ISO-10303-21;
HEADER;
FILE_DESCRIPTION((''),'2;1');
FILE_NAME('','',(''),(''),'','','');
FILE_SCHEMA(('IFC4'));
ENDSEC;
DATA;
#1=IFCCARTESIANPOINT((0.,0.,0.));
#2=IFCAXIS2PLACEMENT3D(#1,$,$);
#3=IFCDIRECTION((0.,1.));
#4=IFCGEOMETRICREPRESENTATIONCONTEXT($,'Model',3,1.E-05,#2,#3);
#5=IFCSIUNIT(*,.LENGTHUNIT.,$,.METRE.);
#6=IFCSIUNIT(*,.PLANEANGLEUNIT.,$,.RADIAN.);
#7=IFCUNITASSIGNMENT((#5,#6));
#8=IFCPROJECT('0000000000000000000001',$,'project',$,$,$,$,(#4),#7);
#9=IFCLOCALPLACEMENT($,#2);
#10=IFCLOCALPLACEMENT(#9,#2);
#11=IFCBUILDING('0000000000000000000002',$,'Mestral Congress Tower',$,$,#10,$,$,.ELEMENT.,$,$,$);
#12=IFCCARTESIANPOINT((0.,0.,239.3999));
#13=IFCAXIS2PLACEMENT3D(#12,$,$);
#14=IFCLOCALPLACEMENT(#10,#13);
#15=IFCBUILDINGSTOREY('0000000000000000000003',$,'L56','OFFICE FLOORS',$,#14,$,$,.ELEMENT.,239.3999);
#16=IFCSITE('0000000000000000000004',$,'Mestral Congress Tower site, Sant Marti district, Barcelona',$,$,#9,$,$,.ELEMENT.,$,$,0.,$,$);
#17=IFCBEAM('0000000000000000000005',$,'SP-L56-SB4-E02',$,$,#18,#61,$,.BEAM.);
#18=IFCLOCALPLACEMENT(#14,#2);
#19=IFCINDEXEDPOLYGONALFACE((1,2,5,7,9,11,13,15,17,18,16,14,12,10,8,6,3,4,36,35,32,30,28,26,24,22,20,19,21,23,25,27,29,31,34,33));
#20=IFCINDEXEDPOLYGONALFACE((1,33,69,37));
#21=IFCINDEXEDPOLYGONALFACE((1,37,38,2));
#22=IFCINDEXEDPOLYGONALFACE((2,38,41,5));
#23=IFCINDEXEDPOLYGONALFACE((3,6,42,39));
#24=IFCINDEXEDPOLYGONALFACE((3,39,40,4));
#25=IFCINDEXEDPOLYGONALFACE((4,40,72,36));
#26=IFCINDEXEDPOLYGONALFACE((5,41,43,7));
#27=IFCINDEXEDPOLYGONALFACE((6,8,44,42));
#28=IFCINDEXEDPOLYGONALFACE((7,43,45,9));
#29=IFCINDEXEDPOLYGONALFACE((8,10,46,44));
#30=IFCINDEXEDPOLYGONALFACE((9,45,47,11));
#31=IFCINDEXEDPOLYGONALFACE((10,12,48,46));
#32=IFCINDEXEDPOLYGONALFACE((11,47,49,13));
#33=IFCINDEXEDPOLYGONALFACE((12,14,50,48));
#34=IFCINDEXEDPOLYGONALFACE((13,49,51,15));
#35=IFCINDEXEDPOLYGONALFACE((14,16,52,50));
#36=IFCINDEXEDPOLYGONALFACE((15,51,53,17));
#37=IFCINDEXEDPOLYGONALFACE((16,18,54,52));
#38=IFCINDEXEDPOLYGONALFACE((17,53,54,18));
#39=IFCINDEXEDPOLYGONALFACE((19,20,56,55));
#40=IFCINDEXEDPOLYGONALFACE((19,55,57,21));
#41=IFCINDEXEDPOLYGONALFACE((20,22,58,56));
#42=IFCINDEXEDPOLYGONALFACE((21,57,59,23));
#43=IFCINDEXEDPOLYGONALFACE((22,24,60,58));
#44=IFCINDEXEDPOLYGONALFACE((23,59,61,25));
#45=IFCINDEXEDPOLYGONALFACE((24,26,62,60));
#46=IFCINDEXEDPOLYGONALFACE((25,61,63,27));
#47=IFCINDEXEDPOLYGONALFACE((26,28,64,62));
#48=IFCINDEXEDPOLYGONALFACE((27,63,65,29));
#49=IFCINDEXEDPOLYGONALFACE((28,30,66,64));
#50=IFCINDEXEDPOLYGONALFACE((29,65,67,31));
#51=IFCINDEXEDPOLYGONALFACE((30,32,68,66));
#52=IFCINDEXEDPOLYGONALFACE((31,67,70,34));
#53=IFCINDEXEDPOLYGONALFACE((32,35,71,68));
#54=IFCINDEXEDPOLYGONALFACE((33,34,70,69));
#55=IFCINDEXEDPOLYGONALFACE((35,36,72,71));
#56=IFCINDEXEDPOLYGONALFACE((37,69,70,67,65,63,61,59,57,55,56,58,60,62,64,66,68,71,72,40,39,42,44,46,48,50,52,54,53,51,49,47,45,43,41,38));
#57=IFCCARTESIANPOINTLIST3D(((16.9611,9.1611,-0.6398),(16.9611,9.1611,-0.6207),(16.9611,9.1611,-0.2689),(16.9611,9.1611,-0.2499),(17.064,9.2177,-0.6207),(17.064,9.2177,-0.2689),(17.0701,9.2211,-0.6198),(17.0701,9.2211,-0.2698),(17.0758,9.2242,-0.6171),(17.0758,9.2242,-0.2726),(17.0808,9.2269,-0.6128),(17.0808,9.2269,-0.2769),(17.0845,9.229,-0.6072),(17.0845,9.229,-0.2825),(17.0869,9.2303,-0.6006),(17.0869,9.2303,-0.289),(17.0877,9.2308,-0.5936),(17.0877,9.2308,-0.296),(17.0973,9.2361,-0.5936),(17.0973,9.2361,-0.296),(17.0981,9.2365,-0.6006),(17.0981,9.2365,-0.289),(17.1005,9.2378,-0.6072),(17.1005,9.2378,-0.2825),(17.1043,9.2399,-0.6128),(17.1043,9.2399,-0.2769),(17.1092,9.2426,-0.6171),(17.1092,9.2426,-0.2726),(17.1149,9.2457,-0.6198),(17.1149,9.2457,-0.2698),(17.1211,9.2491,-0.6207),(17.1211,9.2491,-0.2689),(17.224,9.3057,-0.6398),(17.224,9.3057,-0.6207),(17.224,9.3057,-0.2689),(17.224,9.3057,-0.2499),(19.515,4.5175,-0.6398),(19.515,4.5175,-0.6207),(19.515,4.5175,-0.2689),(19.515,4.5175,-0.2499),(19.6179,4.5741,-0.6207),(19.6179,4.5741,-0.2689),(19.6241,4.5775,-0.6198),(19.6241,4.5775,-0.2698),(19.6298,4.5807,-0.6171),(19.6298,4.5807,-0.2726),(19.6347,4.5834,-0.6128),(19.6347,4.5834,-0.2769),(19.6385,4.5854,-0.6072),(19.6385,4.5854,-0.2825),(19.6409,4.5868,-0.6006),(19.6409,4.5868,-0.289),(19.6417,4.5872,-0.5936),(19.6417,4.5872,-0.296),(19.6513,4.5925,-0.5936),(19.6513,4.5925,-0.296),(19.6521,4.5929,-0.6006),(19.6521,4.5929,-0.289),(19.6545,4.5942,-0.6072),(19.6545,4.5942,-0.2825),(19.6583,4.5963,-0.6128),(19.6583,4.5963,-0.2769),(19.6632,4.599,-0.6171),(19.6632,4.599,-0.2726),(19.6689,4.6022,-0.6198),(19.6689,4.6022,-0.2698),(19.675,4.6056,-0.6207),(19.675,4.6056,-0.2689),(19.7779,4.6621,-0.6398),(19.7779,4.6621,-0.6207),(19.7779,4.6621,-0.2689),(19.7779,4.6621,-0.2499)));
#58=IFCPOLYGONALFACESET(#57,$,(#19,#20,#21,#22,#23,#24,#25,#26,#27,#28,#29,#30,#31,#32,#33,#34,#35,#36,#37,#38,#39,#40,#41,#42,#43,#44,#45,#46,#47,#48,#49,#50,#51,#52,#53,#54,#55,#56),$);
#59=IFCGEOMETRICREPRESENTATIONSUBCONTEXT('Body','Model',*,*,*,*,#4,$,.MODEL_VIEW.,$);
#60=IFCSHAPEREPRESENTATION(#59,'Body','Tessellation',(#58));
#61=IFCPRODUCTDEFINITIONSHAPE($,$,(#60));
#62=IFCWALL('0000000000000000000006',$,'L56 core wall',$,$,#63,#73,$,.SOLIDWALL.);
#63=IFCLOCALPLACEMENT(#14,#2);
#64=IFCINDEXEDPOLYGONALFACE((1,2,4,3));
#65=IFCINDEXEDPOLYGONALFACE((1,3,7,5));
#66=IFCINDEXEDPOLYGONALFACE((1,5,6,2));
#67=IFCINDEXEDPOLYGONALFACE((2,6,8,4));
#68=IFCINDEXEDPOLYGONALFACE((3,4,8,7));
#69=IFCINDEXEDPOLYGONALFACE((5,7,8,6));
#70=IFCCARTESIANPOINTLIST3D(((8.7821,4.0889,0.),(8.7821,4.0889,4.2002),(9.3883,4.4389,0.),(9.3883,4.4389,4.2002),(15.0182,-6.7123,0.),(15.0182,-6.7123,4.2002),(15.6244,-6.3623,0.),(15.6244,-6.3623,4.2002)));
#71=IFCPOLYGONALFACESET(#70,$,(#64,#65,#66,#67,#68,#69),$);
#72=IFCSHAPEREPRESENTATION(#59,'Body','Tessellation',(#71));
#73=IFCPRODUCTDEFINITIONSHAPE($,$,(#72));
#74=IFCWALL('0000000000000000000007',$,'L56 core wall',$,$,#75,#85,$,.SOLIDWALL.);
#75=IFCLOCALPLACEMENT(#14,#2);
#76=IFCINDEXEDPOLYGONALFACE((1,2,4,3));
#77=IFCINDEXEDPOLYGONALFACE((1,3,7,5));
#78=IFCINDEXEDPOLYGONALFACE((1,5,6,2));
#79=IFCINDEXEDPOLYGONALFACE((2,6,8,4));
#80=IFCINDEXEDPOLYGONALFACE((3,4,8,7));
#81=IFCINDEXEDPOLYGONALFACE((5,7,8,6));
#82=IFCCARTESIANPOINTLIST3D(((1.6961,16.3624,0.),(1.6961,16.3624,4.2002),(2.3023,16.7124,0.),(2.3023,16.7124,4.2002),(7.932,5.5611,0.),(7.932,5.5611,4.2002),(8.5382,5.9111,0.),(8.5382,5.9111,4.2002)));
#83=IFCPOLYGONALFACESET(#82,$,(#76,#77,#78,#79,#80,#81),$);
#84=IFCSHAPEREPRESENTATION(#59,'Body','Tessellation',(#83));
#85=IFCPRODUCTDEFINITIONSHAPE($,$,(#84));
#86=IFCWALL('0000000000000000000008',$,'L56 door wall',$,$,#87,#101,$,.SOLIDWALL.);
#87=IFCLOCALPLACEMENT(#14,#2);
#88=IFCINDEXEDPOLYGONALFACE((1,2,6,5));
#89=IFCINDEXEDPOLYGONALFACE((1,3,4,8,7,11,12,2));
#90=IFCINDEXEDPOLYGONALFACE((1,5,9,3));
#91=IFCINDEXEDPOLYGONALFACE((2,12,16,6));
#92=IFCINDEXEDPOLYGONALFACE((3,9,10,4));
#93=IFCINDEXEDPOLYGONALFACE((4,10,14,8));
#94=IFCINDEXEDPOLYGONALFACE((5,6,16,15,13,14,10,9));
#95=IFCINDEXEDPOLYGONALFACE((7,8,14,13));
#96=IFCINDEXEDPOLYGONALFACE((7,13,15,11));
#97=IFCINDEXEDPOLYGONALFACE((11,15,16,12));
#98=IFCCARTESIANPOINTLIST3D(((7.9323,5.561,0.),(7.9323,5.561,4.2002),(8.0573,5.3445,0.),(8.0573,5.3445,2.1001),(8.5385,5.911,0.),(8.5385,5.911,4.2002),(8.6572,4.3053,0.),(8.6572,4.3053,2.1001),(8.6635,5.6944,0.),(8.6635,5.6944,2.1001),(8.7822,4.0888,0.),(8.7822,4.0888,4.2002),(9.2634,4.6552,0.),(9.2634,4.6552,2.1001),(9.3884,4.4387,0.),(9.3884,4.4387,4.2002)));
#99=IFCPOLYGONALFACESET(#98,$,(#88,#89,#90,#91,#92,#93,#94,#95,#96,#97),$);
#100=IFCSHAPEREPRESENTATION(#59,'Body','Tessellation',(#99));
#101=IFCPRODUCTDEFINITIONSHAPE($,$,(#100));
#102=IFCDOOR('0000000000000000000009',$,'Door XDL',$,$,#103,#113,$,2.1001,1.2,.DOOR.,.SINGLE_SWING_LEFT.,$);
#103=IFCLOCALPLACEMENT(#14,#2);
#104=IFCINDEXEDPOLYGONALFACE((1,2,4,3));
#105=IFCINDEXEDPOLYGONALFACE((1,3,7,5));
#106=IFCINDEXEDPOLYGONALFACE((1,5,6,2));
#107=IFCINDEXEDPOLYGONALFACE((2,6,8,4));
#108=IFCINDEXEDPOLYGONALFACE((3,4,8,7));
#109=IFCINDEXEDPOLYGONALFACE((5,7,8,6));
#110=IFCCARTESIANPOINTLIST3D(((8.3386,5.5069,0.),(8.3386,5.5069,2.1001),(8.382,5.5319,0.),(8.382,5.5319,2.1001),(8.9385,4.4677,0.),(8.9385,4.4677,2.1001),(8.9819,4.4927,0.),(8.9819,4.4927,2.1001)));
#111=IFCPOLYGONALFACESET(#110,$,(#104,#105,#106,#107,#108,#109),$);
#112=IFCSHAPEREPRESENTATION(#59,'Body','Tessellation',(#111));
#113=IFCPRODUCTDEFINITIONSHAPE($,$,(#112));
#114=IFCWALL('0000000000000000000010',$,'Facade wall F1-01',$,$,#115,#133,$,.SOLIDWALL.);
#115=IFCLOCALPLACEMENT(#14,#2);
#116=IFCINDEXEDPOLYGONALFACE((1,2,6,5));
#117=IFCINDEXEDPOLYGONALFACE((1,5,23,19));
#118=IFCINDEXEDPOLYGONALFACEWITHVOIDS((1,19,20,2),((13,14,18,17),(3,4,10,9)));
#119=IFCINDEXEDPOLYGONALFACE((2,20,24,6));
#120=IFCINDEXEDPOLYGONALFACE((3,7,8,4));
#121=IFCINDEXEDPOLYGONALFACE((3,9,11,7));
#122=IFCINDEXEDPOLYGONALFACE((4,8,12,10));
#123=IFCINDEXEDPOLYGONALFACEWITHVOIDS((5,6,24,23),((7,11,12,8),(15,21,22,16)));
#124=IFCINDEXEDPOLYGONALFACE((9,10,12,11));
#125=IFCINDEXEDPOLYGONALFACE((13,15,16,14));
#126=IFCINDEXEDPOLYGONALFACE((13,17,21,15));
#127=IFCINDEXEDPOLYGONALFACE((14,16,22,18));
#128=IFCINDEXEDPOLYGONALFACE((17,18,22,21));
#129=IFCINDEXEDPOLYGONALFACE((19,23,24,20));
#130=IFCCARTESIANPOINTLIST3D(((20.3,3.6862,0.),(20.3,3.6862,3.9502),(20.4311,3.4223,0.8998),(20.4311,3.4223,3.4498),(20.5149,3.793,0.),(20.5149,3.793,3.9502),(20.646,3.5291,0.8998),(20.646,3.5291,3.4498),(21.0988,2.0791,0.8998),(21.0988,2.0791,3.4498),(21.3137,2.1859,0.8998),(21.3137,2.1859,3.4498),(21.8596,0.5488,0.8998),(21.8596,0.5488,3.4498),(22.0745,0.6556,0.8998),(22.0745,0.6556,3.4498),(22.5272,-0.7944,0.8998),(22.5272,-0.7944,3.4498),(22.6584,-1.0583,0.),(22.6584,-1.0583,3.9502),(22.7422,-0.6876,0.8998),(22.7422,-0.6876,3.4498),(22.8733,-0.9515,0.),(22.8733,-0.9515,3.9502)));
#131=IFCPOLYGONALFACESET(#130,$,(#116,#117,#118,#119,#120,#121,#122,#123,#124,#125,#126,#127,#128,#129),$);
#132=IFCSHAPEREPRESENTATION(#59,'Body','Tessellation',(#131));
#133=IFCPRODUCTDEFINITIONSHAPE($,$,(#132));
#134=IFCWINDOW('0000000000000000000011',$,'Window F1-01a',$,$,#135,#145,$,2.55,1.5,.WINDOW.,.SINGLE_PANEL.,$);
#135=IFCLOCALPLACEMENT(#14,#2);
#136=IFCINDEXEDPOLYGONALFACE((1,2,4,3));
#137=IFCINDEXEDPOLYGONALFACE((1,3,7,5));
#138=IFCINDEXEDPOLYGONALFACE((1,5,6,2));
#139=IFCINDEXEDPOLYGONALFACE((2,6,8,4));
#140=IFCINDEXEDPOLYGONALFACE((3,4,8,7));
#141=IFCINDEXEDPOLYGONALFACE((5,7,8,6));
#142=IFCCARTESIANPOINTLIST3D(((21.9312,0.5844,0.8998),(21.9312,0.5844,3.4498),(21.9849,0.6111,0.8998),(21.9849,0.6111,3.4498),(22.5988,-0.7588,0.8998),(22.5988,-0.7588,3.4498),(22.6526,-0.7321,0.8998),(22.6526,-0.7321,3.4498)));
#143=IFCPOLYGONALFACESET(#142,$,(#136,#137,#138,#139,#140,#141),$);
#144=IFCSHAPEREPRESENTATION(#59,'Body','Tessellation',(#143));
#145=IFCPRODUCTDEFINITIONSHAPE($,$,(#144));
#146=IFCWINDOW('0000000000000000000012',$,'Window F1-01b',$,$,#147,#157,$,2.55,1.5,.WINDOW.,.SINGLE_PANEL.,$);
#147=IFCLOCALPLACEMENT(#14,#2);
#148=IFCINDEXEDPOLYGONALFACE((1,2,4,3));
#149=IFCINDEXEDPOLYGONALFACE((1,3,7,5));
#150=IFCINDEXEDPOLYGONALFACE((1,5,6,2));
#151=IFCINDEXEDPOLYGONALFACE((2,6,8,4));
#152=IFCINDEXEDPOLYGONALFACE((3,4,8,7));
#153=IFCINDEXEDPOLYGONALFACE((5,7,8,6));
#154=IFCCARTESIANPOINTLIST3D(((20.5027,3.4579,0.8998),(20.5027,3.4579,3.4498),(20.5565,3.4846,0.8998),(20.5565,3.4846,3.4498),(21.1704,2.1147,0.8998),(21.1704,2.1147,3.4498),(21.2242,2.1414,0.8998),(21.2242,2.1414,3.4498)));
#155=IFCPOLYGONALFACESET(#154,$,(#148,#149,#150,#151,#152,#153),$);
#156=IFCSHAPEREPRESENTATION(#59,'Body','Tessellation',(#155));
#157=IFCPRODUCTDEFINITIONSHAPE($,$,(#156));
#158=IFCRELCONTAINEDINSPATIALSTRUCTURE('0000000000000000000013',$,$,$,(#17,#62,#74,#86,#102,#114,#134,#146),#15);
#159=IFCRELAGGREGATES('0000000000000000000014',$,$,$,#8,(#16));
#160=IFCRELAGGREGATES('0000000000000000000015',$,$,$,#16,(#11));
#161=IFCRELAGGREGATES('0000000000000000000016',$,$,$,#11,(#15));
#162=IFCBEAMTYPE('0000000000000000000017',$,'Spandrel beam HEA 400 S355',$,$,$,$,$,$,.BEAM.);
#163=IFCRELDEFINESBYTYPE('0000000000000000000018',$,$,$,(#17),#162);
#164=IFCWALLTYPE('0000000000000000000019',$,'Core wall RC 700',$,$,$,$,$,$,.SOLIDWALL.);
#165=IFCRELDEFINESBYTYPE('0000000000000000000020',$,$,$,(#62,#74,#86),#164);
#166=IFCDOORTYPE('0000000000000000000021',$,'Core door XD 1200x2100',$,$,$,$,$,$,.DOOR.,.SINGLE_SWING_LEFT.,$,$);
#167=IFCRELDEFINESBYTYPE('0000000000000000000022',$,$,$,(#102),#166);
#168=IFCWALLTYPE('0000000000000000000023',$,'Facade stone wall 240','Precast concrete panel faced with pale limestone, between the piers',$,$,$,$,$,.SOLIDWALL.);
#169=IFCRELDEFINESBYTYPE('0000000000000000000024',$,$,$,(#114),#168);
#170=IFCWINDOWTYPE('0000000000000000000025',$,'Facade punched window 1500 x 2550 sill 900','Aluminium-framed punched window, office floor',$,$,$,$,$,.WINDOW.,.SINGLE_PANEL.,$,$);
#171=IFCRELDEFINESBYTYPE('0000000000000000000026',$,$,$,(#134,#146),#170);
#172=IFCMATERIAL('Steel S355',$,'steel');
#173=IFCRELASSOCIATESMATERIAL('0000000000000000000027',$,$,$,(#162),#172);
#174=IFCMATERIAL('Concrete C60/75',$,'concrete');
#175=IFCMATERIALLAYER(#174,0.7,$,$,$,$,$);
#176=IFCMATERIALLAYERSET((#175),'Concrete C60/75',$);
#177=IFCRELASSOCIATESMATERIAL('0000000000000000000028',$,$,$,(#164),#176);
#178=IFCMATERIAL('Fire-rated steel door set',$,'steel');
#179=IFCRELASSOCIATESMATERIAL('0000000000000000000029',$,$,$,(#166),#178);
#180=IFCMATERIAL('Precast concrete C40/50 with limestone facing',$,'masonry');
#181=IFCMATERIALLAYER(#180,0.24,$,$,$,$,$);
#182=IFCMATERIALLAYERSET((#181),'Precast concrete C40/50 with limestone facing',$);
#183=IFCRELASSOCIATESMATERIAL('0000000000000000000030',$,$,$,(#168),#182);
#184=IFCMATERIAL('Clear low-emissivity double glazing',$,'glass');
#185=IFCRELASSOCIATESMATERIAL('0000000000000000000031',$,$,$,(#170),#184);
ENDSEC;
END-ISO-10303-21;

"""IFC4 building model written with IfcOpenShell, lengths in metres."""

from ifc_helpers import new_model, si_unit, direction, frame, frame_2d, origin, origin_2d, place, context, subcontext, project, spatial, rectangle, i_section, extrude, material, layer, layer_set, material_profile, profile_set, type_object, element, fill, save


model = new_model("IFC4")

# Units and contexts
model_context = context("Model", 3, precision=1e-05, world=origin(), true_north=direction((0.0, 1.0)))
body_context = subcontext(model_context, "Body", "Model", "MODEL_VIEW")
ifc_project = project(units=[si_unit("LENGTHUNIT", "METRE"), si_unit("PLANEANGLEUNIT", "RADIAN")], contexts=[model_context])

# Site, building, storey
site_placement = place(None, origin())
site = spatial("IfcSite", under=ifc_project, at=site_placement, Name="Mestral Congress Tower site, Sant Marti district, Barcelona", CompositionType="ELEMENT", RefElevation=0.0)
building_placement = place(site_placement, origin())
building = spatial("IfcBuilding", under=site, at=building_placement, Name="Mestral Congress Tower", CompositionType="ELEMENT")
storey_placement = place(building_placement, frame((0.0, 0.0, 239.3999)))
storey = spatial("IfcBuildingStorey", under=building, at=storey_placement, Name="L56", Description="OFFICE FLOORS", CompositionType="ELEMENT", Elevation=239.3999)

# Shared definitions
ifc_material_1 = material(Name="Concrete C60/75", Category="concrete")

# Beam
ifc_material_2 = material(Name="Steel S355", Category="steel")
ifc_material_profile_1 = material_profile(ifc_material_2, i_section(OverallWidth=0.3, OverallDepth=0.3899, WebThickness=0.011, FlangeThickness=0.019, FilletRadius=0.0271, at=origin_2d()), Name="HEA 400")
ifc_profile_set_1 = profile_set([ifc_material_profile_1], Name="Steel S355")
beam_type_1 = type_object("IfcBeamType", Name="Spandrel beam HEA 400 S355", PredefinedType="BEAM", material=ifc_profile_set_1)
beam_1_placement = place(storey_placement, frame((19.6465, 4.5898, -0.4448), z_axis=(-0.481919, 0.876216, 0.0), x_axis=(-0.876216, -0.481919, 0.0)))
element("IfcBeam", 1, at=beam_1_placement, inside=storey, type_object=beam_type_1, Name="SP-L56-SB4-E02", PredefinedType="BEAM", context=body_context, shape_type="SweptSolid", body=[
    extrude(i_section(OverallWidth=0.3, OverallDepth=0.3899, WebThickness=0.011, FlangeThickness=0.019, FilletRadius=0.0271, at=origin_2d()), origin(), (0.0, 0.0, 1.0), 5.2996),
])

# Walls
ifc_layer_1 = layer(ifc_material_1, 0.7)
ifc_layer_set_1 = layer_set([ifc_layer_1], Name="Concrete C60/75")
wall_type_1 = type_object("IfcWallType", Name="Core wall RC 700", PredefinedType="SOLIDWALL", material=ifc_layer_set_1)
for number, where, z_axis, x_axis, name in (
    (2, (9.0852, 4.2639, 0.0), (0.0, 0.0, 1.0), (0.499998, -0.866027, 0.0), "L56 core wall"),
    (3, (8.2351, 5.7361, 0.0), (0.0, 0.0, 1.0), (-0.499983, 0.866035, 0.0), "L56 core wall"),
):
    element("IfcWall", number, at=place(storey_placement, frame(where, z_axis=z_axis, x_axis=x_axis)), inside=storey, type_object=wall_type_1, Name=name, PredefinedType="SOLIDWALL", context=body_context, shape_type="SweptSolid", body=[
        extrude(rectangle(XDim=12.4722, YDim=0.7, at=frame_2d((6.2361, 0.0))), origin(), (0.0, 0.0, 1.0), 4.2002),
    ])

# Wall, opening, door
wall_1_placement = place(storey_placement, frame((8.2354, 5.7361, 0.0), z_axis=(0.0, 0.0, 1.0), x_axis=(0.499955, -0.866052, 0.0)))
wall_1 = element("IfcWall", 4, at=wall_1_placement, inside=storey, type_object=wall_type_1, Name="L56 door wall", PredefinedType="SOLIDWALL", context=body_context, shape_type="SweptSolid", body=[
    extrude(rectangle(XDim=1.7, YDim=0.7, at=frame_2d((0.8501, 0.0))), origin(), (0.0, 0.0, 1.0), 4.2002),
])
opening_1_placement = place(wall_1_placement, frame((0.25, 0.0, 0.0)))
opening_1 = element("IfcOpeningElement", 5, at=opening_1_placement, cuts=wall_1, PredefinedType="OPENING", context=body_context, shape_type="SweptSolid", body=[
    extrude(rectangle(XDim=1.2, YDim=2.1001, at=frame_2d((0.6001, 1.05))), frame((0.0, 0.3599, 0.0), z_axis=(0.0, -1.0, 0.0), x_axis=(1.0, 0.0, 0.0)), (0.0, 0.0, 1.0), 0.72),
])
ifc_material_3 = material(Name="Fire-rated steel door set", Category="steel")
door_type_1 = type_object("IfcDoorType", Name="Core door XD 1200x2100", OperationType="SINGLE_SWING_LEFT", PredefinedType="DOOR", material=ifc_material_3)
door_1_placement = place(opening_1_placement, origin())
door_1 = element("IfcDoor", 6, at=door_1_placement, inside=storey, type_object=door_type_1, Name="Door XDL", OperationType="SINGLE_SWING_LEFT", OverallHeight=2.1001, OverallWidth=1.2, PredefinedType="DOOR", context=body_context, shape_type="SweptSolid", body=[
    extrude(rectangle(XDim=1.2, YDim=2.1001, at=frame_2d((0.6001, 1.05))), frame((0.0, 0.0249, 0.0), z_axis=(0.0, -1.0, 0.0), x_axis=(1.0, 0.0, 0.0)), (0.0, 0.0, 1.0), 0.05),
])
fill(opening_1, door_1)

# Wall, openings, windows
ifc_material_4 = material(Name="Precast concrete C40/50 with limestone facing", Category="masonry")
ifc_layer_2 = layer(ifc_material_4, 0.24)
ifc_layer_set_2 = layer_set([ifc_layer_2], Name="Precast concrete C40/50 with limestone facing")
wall_type_2 = type_object("IfcWallType", Name="Facade stone wall 240", Description="Precast concrete panel faced with pale limestone, between the piers", PredefinedType="SOLIDWALL", material=ifc_layer_set_2)
wall_2_placement = place(storey_placement, frame((22.7659, -1.0049, 0.0), z_axis=(0.0, 0.0, 1.0), x_axis=(-0.44513, 0.895466, 0.0)))
wall_2 = element("IfcWall", 7, at=wall_2_placement, inside=storey, type_object=wall_type_2, Name="Facade wall F1-01", PredefinedType="SOLIDWALL", context=body_context, shape_type="SweptSolid", body=[
    extrude(rectangle(XDim=5.2983, YDim=0.24, at=frame_2d((2.6492, 0.0))), origin(), (0.0, 0.0, 1.0), 3.9502),
])
opening_2_placement = place(wall_2_placement, frame((0.2947, 0.0, 0.8999)))
opening_2 = element("IfcOpeningElement", 8, at=opening_2_placement, cuts=wall_2, PredefinedType="OPENING", context=body_context, shape_type="SweptSolid", body=[
    extrude(rectangle(XDim=1.5, YDim=2.55, at=frame_2d((0.75, 1.2749))), frame((0.0, 0.1299, 0.0), z_axis=(0.0, -1.0, 0.0), x_axis=(1.0, 0.0, 0.0)), (0.0, 0.0, 1.0), 0.26),
])
opening_3_placement = place(wall_2_placement, frame((3.5037, 0.0, 0.8999)))
opening_3 = element("IfcOpeningElement", 9, at=opening_3_placement, cuts=wall_2, PredefinedType="OPENING", context=body_context, shape_type="SweptSolid", body=[
    extrude(rectangle(XDim=1.5, YDim=2.55, at=frame_2d((0.75, 1.2749))), frame((0.0, 0.1299, 0.0), z_axis=(0.0, -1.0, 0.0), x_axis=(1.0, 0.0, 0.0)), (0.0, 0.0, 1.0), 0.26),
])
ifc_material_5 = material(Name="Clear low-emissivity double glazing", Category="glass")
window_type = type_object("IfcWindowType", Name="Facade punched window 1500 x 2550 sill 900", Description="Aluminium-framed punched window, office floor", PartitioningType="SINGLE_PANEL", PredefinedType="WINDOW", material=ifc_material_5)
window_1_placement = place(opening_2_placement, origin())
window_1 = element("IfcWindow", 10, at=window_1_placement, inside=storey, type_object=window_type, Name="Window F1-01a", OverallHeight=2.55, OverallWidth=1.5, PartitioningType="SINGLE_PANEL", PredefinedType="WINDOW", context=body_context, shape_type="SweptSolid", body=[
    extrude(rectangle(XDim=1.5, YDim=2.55, at=frame_2d((0.75, 1.2749))), frame((0.0, 0.04, 0.0), z_axis=(0.0, -1.0, 0.0), x_axis=(1.0, 0.0, 0.0)), (0.0, 0.0, 1.0), 0.0601),
])
fill(opening_2, window_1)
window_2_placement = place(opening_3_placement, origin())
window_2 = element("IfcWindow", 11, at=window_2_placement, inside=storey, type_object=window_type, Name="Window F1-01b", OverallHeight=2.55, OverallWidth=1.5, PartitioningType="SINGLE_PANEL", PredefinedType="WINDOW", context=body_context, shape_type="SweptSolid", body=[
    extrude(rectangle(XDim=1.5, YDim=2.55, at=frame_2d((0.75, 1.2749))), frame((0.0, 0.04, 0.0), z_axis=(0.0, -1.0, 0.0), x_axis=(1.0, 0.0, 0.0)), (0.0, 0.0, 1.0), 0.0601),
])
fill(opening_3, window_2)

save(model, "model.ifc")
